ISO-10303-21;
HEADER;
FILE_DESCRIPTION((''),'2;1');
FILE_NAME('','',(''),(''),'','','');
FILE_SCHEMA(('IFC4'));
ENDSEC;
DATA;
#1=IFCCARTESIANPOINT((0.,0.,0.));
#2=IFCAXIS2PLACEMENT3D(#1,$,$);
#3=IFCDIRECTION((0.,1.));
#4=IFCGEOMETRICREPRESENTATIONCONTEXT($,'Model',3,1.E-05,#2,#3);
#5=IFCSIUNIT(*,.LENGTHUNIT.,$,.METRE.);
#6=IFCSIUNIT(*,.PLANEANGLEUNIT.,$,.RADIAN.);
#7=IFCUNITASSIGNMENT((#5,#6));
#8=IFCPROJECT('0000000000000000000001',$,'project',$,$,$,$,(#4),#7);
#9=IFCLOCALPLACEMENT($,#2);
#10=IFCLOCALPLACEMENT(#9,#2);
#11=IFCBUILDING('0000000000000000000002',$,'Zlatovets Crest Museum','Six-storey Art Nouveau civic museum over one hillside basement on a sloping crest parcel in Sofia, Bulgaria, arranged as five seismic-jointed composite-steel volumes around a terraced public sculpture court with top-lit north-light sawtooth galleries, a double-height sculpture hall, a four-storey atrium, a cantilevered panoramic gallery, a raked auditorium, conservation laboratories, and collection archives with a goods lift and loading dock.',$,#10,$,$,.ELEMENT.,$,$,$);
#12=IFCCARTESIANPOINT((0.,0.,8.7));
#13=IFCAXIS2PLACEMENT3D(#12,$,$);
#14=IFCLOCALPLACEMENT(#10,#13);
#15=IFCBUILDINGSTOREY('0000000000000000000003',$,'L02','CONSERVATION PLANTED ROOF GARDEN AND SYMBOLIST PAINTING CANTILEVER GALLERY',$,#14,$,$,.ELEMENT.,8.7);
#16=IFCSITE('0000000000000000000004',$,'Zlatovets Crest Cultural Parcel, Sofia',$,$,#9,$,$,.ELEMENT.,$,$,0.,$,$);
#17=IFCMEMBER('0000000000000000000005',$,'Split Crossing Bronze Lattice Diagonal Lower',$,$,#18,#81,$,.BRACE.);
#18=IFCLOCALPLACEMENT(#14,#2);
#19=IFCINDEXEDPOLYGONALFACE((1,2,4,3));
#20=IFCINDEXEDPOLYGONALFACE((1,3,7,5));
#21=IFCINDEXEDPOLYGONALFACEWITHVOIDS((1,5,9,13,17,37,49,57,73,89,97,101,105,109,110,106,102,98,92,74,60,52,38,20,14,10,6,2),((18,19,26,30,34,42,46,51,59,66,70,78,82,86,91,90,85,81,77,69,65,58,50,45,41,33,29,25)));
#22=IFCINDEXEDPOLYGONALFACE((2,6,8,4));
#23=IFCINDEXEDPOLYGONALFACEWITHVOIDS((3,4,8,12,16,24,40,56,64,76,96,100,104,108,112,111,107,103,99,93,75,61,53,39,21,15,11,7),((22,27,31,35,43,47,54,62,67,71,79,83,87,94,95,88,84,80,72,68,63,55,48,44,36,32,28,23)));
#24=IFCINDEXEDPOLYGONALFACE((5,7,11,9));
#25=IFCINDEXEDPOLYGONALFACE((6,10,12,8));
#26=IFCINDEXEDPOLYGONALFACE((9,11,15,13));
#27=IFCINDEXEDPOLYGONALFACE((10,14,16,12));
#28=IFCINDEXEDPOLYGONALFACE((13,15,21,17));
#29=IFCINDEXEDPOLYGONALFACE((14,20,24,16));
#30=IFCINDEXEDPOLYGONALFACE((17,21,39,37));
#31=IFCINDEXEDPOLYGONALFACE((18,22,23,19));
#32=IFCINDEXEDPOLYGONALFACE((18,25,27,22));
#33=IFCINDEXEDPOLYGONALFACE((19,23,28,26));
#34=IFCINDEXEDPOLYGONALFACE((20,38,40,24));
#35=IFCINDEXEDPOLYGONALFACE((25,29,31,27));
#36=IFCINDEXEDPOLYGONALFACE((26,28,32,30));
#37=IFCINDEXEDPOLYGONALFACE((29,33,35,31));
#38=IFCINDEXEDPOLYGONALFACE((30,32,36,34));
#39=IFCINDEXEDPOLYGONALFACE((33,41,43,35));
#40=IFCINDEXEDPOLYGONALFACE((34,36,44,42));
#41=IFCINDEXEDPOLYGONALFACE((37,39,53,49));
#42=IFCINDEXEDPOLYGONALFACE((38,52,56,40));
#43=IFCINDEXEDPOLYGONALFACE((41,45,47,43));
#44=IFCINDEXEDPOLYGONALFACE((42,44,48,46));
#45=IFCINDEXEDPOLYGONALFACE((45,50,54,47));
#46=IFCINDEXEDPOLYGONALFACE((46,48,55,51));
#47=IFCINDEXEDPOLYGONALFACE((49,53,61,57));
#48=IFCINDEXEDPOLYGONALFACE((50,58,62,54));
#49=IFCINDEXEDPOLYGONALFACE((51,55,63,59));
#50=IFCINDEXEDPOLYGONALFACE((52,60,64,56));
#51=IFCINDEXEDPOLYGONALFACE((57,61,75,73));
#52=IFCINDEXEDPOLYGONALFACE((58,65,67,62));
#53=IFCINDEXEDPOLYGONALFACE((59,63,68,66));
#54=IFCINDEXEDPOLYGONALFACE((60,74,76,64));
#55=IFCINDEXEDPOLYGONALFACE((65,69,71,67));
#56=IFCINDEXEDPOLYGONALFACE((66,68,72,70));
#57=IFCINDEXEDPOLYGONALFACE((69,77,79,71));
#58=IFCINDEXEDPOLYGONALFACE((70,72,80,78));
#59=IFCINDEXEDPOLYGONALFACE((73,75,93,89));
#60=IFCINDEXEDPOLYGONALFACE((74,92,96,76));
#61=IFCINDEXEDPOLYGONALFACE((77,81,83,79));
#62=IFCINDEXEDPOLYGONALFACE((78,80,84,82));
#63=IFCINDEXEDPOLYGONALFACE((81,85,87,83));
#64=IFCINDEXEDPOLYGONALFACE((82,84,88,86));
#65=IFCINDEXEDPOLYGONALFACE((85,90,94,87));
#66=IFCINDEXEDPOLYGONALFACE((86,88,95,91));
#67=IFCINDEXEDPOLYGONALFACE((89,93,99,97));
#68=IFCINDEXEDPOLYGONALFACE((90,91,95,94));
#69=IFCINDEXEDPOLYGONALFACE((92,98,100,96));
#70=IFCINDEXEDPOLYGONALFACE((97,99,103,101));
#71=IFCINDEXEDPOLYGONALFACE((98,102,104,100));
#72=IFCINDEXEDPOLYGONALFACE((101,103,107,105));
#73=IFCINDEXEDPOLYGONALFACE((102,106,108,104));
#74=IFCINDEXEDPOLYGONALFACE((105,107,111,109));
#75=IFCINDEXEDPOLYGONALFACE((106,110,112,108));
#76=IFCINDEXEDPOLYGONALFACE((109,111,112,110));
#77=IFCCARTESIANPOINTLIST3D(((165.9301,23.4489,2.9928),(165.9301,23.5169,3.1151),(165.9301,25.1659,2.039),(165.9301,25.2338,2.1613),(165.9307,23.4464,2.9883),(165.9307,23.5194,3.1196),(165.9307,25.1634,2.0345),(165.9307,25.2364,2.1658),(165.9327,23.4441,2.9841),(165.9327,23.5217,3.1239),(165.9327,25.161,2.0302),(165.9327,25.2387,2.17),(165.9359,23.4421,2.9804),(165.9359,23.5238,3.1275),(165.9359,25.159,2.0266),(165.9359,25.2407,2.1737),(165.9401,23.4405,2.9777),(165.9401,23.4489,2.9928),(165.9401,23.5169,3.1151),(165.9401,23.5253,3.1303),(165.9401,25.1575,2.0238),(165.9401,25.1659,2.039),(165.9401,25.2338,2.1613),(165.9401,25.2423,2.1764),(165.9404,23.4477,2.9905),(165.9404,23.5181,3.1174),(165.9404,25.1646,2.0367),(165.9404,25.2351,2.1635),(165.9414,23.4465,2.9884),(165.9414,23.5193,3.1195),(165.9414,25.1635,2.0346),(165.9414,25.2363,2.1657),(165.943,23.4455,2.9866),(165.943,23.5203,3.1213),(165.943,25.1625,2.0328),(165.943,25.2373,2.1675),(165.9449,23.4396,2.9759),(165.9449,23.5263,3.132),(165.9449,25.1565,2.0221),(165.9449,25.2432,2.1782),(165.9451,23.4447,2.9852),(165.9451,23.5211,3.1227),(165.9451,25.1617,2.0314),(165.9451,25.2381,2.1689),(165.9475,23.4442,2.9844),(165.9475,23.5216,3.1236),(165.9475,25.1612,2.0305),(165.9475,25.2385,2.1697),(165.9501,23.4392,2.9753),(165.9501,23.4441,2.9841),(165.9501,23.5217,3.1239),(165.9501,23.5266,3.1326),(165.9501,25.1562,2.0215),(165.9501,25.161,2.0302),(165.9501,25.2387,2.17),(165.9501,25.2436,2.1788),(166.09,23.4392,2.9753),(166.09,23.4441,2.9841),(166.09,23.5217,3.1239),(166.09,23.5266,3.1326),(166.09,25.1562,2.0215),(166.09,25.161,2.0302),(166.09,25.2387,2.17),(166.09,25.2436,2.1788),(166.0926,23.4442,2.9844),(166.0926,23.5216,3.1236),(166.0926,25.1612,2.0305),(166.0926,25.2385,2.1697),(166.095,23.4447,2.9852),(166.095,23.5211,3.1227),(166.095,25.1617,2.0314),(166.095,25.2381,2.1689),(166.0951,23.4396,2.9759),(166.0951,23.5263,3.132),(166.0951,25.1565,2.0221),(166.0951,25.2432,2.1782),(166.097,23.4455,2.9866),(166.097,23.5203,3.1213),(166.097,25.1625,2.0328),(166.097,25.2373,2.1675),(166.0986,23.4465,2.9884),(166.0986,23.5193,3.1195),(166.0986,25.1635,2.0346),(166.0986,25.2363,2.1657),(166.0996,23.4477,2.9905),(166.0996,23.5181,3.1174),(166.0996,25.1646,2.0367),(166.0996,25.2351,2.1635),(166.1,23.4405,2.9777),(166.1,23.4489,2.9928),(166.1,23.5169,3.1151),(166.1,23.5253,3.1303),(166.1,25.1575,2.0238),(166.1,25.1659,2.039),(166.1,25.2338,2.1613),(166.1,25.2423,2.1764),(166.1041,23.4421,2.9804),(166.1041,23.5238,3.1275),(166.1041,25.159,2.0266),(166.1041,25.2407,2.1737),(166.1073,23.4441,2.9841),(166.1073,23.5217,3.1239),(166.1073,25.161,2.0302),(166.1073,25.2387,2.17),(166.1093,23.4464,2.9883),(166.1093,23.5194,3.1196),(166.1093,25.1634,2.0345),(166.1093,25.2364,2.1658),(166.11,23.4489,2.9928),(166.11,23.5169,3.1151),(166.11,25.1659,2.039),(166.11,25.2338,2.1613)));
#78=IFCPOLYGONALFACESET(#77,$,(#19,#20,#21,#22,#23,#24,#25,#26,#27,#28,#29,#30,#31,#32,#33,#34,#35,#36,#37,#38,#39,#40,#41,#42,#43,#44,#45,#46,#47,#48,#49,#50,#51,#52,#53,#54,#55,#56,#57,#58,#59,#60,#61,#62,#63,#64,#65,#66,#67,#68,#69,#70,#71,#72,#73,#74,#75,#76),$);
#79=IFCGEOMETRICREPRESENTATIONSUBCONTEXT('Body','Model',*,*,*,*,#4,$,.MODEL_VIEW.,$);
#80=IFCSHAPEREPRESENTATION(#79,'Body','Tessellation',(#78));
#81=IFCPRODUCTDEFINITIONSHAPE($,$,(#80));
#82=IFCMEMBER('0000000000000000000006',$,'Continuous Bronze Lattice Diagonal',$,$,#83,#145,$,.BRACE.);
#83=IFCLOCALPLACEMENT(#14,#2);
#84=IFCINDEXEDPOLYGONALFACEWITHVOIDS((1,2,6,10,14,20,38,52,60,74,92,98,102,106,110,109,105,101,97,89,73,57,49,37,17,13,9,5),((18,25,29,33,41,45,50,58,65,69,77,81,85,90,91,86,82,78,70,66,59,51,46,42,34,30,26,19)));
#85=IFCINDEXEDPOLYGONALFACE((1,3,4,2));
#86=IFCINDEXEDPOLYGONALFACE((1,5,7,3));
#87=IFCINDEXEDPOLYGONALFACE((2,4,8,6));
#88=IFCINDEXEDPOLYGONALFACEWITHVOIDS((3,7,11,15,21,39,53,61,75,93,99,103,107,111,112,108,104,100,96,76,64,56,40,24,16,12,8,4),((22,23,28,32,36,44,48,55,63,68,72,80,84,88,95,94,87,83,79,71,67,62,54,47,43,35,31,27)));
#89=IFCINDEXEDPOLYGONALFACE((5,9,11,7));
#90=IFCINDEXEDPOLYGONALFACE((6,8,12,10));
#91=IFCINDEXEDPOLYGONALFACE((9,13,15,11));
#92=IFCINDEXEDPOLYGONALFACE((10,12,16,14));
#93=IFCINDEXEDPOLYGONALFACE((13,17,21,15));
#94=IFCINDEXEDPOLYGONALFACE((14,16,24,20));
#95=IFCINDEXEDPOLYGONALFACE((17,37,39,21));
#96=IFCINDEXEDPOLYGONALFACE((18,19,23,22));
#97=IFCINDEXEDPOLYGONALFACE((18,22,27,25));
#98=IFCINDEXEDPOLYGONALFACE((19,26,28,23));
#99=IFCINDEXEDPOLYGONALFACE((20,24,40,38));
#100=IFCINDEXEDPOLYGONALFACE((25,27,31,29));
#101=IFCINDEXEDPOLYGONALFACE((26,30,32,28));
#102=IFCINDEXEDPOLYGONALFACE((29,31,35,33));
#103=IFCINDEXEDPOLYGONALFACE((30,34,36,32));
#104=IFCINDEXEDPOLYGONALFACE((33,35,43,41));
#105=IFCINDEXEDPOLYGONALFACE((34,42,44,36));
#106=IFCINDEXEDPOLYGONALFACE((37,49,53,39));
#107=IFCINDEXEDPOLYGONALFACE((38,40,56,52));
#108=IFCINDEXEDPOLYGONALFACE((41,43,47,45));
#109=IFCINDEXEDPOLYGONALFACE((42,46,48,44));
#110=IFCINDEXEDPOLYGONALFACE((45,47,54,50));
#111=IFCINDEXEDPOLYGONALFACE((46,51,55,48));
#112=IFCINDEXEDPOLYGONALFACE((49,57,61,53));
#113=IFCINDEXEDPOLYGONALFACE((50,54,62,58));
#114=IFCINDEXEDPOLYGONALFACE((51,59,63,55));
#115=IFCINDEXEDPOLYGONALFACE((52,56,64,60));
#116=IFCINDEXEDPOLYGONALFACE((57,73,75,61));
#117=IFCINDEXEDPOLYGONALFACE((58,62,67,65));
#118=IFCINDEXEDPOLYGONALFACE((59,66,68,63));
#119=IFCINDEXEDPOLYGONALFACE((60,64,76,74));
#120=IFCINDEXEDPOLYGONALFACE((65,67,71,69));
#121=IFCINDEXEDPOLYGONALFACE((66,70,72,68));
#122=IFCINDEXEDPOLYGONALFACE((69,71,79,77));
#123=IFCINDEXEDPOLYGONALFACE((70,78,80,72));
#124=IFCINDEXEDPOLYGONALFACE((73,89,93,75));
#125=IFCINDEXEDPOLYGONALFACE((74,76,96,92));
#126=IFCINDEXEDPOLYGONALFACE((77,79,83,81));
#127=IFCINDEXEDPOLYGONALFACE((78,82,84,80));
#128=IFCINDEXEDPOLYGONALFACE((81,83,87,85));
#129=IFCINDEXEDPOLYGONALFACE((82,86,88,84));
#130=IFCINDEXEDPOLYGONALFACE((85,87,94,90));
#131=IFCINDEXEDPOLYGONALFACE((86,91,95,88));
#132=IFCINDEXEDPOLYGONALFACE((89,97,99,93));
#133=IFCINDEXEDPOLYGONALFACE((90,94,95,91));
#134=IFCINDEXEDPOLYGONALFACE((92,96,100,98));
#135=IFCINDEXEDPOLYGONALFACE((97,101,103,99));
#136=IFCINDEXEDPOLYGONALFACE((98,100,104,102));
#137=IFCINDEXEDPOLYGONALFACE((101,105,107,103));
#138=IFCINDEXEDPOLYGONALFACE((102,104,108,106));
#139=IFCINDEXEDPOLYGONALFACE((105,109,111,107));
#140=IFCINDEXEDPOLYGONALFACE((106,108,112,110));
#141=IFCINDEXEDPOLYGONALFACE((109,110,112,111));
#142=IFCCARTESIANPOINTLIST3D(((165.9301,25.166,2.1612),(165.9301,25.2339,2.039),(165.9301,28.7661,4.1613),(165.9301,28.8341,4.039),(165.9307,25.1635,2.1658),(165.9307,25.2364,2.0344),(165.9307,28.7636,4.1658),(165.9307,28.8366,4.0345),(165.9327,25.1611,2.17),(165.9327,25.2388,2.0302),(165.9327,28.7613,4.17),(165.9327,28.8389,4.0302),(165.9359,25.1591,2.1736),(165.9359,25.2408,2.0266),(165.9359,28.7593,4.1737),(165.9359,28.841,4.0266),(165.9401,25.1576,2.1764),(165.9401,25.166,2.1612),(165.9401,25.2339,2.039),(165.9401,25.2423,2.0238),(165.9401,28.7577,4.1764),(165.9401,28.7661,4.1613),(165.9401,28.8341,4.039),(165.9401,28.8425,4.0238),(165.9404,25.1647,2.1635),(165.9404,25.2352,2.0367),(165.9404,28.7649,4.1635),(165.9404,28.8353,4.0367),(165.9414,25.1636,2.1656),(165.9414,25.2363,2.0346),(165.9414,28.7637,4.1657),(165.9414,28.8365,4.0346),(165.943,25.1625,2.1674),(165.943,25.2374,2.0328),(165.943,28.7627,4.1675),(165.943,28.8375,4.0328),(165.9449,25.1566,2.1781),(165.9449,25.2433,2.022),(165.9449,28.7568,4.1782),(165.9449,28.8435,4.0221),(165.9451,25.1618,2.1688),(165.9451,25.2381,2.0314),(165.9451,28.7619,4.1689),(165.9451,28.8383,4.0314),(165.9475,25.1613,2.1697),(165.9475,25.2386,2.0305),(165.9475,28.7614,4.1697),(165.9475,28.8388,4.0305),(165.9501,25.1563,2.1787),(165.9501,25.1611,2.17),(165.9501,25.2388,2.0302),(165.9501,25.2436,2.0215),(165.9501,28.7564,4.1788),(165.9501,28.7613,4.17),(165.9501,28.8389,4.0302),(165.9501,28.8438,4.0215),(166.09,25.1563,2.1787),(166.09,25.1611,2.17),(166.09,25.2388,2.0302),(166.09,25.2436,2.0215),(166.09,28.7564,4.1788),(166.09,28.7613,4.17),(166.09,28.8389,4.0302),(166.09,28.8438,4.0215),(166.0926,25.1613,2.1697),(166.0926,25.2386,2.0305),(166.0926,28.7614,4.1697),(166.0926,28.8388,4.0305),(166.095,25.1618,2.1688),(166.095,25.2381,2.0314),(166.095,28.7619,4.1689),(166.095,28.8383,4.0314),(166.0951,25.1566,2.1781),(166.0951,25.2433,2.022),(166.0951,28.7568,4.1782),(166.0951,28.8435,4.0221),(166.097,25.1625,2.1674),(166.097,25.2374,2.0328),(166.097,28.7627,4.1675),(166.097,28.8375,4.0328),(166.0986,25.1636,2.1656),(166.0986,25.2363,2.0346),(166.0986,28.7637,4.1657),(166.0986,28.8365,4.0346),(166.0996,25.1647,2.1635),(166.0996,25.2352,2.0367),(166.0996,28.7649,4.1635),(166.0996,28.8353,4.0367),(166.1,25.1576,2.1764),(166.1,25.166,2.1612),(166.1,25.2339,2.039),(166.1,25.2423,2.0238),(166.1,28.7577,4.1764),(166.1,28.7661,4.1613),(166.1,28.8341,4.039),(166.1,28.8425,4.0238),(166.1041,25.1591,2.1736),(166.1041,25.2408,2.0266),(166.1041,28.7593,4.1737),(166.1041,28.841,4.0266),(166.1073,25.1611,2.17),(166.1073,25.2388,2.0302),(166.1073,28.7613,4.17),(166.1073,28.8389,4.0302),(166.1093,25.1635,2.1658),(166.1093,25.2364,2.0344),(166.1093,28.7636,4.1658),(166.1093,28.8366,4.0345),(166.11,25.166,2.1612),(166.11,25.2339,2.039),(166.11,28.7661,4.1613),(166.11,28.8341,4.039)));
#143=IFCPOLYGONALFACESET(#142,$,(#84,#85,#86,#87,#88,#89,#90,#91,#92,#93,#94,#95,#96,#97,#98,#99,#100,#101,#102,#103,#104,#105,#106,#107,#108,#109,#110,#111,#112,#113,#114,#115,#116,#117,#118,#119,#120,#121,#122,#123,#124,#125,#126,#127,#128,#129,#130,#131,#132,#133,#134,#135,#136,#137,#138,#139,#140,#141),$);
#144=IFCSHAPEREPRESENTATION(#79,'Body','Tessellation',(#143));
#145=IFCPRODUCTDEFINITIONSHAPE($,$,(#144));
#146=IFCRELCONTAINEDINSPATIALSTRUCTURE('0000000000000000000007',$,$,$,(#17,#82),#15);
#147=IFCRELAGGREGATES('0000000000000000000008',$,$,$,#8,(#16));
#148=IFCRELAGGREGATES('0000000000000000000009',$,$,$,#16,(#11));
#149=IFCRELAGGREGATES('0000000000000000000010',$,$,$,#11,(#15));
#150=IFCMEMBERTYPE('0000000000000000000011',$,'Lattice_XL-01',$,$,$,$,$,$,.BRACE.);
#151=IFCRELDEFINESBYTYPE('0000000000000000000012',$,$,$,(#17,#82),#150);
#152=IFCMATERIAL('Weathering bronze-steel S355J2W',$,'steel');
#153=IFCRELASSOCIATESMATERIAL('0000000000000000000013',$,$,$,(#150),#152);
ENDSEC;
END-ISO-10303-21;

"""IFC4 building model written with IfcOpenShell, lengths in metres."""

from ifc_helpers import new_model, si_unit, direction, frame, origin, origin_2d, place, context, subcontext, project, spatial, hollow_rectangle, extrude, material, material_profile, profile_set, type_object, element, save


model = new_model("IFC4")

# Units and contexts
model_context = context("Model", 3, precision=1e-05, world=origin(), true_north=direction((0.0, 1.0)))
body_context = subcontext(model_context, "Body", "Model", "MODEL_VIEW")
ifc_project = project(units=[si_unit("LENGTHUNIT", "METRE"), si_unit("PLANEANGLEUNIT", "RADIAN")], contexts=[model_context])

# Site, building, storey
site_placement = place(None, origin())
site = spatial("IfcSite", under=ifc_project, at=site_placement, Name="Zlatovets Crest Cultural Parcel, Sofia", CompositionType="ELEMENT", RefElevation=0.0)
building_placement = place(site_placement, origin())
building = spatial("IfcBuilding", under=site, at=building_placement, Name="Zlatovets Crest Museum", Description="Six-storey Art Nouveau civic museum over one hillside basement on a sloping crest parcel in Sofia, Bulgaria, arranged as five seismic-jointed composite-steel volumes around a terraced public sculpture court with top-lit north-light sawtooth galleries, a double-height sculpture hall, a four-storey atrium, a cantilevered panoramic gallery, a raked auditorium, conservation laboratories, and collection archives with a goods lift and loading dock.", CompositionType="ELEMENT")
storey_placement = place(building_placement, frame((0.0, 0.0, 8.7)))
storey = spatial("IfcBuildingStorey", under=building, at=storey_placement, Name="L02", Description="CONSERVATION PLANTED ROOF GARDEN AND SYMBOLIST PAINTING CANTILEVER GALLERY", CompositionType="ELEMENT", Elevation=8.7)

# Members
ifc_material_1 = material(Name="Weathering bronze-steel S355J2W", Category="steel")
ifc_material_profile_1 = material_profile(ifc_material_1, hollow_rectangle(XDim=0.1799, YDim=0.1799, WallThickness=0.01, InnerFilletRadius=0.01, OuterFilletRadius=0.02, at=origin_2d()), Name="SHS 180x180x10.0")
ifc_profile_set_1 = profile_set([ifc_material_profile_1], Name="Weathering bronze-steel S355J2W")
member_type_1 = type_object("IfcMemberType", Name="Lattice_XL-01", PredefinedType="BRACE", material=ifc_profile_set_1)
member_1_placement = place(storey_placement, frame((166.02, 23.4829, 3.054), z_axis=(0.0, 0.874169, -0.485622), x_axis=(-1.0, 0.0, 0.0)))
element("IfcMember", 1, at=member_1_placement, inside=storey, type_object=member_type_1, Name="Split Crossing Bronze Lattice Diagonal Lower", PredefinedType="BRACE", context=body_context, shape_type="SweptSolid", body=[
    extrude(hollow_rectangle(XDim=0.1799, YDim=0.1799, WallThickness=0.01, InnerFilletRadius=0.01, OuterFilletRadius=0.02, at=origin_2d()), origin(), (0.0, 0.0, 1.0), 1.9641),
])
member_2_placement = place(storey_placement, frame((166.02, 25.2, 2.1001), z_axis=(0.0, 0.874163, 0.485633), x_axis=(-1.0, 0.0, 0.0)))
element("IfcMember", 2, at=member_2_placement, inside=storey, type_object=member_type_1, Name="Continuous Bronze Lattice Diagonal", PredefinedType="BRACE", context=body_context, shape_type="SweptSolid", body=[
    extrude(hollow_rectangle(XDim=0.1799, YDim=0.1799, WallThickness=0.01, InnerFilletRadius=0.01, OuterFilletRadius=0.02, at=origin_2d()), origin(), (0.0, 0.0, 1.0), 4.1184),
])

save(model, "model.ifc")
